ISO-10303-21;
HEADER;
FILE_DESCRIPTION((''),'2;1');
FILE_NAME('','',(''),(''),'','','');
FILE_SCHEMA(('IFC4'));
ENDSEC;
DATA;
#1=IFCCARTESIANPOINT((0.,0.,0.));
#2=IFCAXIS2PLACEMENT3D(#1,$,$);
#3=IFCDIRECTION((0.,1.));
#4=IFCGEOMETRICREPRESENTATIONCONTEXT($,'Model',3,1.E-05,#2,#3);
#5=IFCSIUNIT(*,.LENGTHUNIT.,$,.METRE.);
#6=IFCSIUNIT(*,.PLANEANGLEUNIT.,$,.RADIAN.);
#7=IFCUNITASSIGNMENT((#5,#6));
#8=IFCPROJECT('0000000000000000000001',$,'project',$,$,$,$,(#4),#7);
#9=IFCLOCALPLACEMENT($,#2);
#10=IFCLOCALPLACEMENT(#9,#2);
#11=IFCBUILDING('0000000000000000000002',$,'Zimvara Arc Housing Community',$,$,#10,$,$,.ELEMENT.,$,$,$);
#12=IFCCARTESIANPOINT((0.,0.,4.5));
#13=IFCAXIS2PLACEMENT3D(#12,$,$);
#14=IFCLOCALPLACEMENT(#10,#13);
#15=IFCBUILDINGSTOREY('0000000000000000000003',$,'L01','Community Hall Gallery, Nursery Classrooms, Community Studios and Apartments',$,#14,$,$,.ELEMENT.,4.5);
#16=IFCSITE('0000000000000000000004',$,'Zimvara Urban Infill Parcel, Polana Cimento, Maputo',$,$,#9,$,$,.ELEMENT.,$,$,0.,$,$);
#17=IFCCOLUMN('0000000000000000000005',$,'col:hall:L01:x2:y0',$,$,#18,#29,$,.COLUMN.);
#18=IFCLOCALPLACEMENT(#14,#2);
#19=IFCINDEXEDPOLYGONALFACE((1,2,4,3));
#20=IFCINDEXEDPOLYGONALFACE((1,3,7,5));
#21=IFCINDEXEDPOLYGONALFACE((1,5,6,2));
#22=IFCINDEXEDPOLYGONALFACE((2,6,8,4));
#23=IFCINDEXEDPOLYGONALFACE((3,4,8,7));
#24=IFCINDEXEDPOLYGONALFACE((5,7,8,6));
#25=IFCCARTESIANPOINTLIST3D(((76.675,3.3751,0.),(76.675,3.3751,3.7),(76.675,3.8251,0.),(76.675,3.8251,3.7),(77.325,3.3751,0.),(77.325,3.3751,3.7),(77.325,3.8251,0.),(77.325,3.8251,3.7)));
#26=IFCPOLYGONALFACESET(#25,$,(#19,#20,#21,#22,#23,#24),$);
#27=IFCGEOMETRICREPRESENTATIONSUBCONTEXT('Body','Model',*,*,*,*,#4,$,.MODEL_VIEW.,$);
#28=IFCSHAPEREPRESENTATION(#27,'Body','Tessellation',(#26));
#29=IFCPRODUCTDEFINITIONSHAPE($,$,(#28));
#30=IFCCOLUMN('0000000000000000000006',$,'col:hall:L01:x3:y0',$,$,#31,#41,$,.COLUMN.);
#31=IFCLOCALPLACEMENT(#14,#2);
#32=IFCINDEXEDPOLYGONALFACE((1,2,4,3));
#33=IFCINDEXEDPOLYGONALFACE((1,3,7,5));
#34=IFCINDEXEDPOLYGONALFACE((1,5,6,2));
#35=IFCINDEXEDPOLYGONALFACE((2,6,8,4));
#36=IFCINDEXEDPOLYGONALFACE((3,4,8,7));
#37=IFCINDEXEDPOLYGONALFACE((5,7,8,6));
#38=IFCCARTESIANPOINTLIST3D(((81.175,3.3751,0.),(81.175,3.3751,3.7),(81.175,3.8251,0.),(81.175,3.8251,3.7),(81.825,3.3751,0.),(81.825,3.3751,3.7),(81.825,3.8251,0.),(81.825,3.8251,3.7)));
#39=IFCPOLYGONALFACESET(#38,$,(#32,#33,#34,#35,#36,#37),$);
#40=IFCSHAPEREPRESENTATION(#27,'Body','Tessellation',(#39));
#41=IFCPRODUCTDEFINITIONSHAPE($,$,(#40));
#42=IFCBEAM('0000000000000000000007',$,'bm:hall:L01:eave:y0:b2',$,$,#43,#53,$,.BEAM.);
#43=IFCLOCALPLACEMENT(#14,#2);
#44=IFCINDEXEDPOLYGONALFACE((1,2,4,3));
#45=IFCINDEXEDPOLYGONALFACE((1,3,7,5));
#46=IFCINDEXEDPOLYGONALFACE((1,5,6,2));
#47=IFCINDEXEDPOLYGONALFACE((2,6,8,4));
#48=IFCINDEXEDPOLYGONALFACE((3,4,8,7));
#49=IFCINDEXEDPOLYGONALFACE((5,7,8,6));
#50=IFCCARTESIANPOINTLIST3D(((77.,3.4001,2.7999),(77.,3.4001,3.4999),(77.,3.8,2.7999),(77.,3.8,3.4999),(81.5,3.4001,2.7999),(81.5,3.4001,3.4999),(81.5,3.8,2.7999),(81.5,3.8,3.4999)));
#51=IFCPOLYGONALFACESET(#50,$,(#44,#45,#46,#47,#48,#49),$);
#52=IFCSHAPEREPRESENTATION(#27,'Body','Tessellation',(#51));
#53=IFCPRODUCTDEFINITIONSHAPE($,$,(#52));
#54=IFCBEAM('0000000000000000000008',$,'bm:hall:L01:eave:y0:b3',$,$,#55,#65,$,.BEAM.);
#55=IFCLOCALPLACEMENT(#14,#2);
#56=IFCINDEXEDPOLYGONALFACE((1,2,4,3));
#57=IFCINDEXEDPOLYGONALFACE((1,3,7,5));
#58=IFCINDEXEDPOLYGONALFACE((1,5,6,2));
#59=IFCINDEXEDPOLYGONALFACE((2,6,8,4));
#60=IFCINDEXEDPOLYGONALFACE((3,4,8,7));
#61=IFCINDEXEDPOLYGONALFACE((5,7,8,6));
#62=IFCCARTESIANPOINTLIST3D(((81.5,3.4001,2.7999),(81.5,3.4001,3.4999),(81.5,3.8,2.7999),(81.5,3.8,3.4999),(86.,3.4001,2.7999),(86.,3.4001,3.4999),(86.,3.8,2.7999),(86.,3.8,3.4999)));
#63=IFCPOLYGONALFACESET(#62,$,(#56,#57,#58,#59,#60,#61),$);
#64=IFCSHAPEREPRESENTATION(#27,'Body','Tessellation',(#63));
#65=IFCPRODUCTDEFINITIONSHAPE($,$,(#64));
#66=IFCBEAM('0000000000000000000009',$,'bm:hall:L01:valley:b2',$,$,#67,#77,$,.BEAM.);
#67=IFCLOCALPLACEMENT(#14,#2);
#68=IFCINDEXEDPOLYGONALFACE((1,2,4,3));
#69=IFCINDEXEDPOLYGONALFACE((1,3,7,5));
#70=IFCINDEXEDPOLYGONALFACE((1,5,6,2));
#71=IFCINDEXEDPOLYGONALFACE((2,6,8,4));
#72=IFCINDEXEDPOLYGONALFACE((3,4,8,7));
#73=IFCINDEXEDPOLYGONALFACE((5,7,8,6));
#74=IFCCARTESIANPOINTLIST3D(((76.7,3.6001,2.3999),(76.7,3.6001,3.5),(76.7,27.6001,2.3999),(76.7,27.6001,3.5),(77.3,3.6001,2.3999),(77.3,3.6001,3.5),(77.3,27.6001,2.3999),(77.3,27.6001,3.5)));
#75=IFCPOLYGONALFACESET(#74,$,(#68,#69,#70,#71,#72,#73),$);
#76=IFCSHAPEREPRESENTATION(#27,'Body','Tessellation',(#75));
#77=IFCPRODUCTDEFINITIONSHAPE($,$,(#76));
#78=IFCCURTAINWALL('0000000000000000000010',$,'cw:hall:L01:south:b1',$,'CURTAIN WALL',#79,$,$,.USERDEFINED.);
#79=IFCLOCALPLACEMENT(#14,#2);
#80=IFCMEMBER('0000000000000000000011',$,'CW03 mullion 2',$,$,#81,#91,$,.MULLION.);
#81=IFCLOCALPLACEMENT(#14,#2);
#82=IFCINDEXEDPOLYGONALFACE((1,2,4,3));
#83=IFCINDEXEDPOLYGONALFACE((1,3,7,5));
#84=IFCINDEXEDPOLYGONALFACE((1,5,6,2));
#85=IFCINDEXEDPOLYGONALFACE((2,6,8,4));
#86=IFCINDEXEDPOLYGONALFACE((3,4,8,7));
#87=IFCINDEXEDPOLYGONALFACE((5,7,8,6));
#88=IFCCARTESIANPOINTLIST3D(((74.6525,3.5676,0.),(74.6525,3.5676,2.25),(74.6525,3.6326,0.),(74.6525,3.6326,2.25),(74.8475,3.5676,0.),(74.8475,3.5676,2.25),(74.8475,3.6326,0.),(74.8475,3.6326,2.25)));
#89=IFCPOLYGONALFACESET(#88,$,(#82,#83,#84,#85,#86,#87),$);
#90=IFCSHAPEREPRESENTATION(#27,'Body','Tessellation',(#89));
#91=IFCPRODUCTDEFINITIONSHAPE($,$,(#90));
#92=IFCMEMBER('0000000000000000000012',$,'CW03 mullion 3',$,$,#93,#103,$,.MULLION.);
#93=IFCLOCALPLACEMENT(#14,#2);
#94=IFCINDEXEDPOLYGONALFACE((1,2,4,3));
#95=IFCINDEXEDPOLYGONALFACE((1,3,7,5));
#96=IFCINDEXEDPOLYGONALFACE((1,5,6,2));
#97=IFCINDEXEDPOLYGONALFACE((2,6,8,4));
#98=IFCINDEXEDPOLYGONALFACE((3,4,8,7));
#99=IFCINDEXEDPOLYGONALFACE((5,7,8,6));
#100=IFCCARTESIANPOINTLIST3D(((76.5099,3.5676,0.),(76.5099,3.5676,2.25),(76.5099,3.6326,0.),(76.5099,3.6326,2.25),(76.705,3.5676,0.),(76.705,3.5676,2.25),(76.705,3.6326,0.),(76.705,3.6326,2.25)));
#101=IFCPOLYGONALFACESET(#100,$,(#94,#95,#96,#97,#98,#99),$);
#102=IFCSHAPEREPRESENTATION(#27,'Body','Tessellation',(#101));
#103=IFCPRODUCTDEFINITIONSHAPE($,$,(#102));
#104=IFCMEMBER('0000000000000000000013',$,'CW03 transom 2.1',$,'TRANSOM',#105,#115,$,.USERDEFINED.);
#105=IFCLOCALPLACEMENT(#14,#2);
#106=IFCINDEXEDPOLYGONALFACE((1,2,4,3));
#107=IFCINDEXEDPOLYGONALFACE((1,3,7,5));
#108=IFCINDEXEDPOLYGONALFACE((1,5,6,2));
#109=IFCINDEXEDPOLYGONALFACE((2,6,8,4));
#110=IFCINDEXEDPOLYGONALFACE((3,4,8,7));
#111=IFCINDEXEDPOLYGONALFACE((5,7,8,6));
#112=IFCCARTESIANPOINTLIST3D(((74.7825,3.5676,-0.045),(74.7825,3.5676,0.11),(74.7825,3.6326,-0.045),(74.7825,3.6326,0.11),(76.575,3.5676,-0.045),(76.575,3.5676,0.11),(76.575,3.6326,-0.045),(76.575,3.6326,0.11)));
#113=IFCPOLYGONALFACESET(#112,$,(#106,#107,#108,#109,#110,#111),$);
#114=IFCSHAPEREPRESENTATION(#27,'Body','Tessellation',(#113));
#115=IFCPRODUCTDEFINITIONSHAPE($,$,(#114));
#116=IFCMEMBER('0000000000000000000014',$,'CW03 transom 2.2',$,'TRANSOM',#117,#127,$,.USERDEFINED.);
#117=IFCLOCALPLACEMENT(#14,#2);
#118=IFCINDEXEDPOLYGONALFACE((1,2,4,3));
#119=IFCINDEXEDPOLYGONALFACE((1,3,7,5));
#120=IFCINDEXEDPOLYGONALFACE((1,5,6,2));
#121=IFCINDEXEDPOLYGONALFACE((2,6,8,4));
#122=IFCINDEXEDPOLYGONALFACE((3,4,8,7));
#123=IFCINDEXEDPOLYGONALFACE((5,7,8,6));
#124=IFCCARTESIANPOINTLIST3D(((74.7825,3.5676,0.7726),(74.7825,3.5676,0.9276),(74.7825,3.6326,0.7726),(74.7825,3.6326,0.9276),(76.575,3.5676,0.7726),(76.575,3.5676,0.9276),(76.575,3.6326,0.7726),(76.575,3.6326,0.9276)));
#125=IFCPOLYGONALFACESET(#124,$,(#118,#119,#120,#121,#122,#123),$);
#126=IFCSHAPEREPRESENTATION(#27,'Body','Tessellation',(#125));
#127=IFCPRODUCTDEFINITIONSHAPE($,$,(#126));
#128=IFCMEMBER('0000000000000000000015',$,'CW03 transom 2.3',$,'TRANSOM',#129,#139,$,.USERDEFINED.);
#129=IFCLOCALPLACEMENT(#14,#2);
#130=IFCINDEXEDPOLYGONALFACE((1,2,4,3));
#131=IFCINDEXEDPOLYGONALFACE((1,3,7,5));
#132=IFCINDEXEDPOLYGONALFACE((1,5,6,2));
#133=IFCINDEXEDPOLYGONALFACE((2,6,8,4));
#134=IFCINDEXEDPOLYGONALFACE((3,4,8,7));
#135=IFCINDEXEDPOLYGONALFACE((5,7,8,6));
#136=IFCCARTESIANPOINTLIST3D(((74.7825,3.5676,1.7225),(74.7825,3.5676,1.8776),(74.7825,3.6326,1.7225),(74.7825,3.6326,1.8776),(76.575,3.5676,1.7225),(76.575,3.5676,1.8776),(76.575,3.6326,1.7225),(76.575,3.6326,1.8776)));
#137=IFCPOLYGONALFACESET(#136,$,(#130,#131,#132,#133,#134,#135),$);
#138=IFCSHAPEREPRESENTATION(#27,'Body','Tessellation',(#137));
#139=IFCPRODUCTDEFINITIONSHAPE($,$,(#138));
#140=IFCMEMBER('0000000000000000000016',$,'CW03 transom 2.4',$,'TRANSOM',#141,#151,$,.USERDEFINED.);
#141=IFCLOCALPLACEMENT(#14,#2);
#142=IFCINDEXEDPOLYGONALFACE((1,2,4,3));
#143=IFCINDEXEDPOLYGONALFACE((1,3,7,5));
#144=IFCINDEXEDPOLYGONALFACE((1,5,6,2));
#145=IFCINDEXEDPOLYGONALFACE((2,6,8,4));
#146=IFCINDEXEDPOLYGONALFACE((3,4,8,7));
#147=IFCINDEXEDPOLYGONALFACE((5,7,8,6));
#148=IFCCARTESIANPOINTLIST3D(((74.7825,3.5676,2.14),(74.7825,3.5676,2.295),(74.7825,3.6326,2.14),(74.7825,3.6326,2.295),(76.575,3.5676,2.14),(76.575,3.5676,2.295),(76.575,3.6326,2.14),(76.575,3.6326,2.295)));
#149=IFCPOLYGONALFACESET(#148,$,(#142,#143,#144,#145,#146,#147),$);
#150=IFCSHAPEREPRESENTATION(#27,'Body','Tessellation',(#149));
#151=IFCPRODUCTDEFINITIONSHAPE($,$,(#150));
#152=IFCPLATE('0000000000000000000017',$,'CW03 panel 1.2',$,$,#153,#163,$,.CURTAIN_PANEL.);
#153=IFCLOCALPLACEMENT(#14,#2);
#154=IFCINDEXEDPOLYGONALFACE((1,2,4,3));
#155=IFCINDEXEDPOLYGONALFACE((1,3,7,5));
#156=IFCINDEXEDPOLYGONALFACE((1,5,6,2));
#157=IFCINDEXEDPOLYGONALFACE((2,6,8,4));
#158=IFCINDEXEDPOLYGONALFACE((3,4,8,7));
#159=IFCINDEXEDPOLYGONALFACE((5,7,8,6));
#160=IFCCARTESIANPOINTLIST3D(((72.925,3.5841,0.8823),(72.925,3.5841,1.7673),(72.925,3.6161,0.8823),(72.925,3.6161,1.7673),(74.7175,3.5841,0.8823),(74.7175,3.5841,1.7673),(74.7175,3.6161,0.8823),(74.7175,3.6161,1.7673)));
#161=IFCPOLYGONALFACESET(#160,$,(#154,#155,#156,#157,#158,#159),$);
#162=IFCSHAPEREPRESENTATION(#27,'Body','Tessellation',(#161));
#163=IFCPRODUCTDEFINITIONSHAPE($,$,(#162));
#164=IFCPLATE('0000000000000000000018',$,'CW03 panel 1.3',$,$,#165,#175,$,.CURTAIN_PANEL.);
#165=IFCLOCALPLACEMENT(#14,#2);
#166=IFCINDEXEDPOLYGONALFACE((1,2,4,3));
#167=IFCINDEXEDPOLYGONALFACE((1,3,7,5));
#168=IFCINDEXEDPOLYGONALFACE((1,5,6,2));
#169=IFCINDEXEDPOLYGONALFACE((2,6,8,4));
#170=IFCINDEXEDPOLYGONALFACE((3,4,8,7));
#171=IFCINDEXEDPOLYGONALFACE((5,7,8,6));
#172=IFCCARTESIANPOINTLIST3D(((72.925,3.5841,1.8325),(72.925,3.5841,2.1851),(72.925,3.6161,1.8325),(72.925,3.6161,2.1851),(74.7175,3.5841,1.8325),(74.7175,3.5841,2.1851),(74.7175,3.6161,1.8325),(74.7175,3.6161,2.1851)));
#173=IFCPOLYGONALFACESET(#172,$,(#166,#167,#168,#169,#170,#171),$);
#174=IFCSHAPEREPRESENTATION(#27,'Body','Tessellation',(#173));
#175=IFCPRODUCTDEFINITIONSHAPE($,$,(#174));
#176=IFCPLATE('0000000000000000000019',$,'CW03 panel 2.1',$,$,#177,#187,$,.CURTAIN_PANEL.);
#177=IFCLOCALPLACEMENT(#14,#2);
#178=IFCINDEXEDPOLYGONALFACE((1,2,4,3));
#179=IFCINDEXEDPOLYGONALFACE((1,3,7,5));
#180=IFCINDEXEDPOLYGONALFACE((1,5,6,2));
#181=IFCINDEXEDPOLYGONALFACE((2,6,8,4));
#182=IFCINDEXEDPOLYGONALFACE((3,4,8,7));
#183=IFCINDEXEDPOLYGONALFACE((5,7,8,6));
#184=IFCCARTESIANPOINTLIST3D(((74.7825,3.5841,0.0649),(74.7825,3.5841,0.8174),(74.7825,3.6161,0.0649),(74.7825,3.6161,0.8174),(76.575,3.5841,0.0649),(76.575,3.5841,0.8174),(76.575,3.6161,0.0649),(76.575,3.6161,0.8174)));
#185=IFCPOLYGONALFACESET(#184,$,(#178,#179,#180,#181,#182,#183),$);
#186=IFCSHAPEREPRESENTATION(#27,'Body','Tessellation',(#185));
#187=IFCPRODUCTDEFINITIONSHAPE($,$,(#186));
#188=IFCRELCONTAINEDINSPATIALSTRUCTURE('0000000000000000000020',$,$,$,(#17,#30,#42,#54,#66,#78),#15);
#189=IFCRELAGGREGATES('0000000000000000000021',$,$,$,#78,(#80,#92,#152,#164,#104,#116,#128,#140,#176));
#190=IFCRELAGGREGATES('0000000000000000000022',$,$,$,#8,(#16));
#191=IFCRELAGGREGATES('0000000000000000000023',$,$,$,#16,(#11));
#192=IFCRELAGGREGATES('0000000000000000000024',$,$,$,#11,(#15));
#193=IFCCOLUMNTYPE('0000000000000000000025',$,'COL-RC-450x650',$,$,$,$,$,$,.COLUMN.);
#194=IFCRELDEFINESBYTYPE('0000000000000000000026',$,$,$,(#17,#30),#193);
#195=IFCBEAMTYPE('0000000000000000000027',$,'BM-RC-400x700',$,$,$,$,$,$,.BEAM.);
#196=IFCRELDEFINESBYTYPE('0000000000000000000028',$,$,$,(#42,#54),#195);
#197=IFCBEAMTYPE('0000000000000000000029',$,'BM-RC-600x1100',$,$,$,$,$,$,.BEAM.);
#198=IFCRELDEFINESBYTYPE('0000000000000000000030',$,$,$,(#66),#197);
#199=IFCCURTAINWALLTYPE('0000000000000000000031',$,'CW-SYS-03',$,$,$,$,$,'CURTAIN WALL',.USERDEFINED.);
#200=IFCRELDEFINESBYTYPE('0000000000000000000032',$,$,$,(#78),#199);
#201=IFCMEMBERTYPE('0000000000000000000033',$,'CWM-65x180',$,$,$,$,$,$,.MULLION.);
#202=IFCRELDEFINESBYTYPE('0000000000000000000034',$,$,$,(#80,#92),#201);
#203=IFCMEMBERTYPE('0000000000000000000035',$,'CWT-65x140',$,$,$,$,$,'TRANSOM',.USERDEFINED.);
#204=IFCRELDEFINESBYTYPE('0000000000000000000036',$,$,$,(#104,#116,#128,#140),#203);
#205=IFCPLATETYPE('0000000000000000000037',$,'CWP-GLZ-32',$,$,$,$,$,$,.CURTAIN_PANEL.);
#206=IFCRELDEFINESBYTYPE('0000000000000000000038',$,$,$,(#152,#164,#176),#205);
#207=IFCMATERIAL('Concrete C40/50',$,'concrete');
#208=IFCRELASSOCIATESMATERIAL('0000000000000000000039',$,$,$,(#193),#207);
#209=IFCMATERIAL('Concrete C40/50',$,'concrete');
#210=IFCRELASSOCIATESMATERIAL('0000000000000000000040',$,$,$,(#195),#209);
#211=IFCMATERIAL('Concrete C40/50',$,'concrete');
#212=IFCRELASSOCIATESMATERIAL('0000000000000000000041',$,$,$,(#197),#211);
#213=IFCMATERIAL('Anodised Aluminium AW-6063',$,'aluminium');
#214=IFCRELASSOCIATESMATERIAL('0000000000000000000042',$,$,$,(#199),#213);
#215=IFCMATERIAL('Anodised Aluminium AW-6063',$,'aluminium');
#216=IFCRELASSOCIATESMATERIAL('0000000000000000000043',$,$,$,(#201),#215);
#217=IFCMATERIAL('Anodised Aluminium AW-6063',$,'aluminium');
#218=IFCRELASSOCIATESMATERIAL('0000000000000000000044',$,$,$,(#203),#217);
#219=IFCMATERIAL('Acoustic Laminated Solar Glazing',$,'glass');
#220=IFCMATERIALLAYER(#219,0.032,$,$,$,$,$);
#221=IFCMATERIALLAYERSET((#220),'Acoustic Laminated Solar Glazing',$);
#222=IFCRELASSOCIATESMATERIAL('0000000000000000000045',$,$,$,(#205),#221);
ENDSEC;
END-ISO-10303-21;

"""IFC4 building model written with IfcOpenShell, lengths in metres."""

from ifc_helpers import new_model, si_unit, direction, frame, origin, origin_2d, place, context, subcontext, project, spatial, rectangle, extrude, material, layer, layer_set, material_profile, profile_set, type_object, element, aggregate, save


model = new_model("IFC4")

# Units and contexts
model_context = context("Model", 3, precision=1e-05, world=origin(), true_north=direction((0.0, 1.0)))
body_context = subcontext(model_context, "Body", "Model", "MODEL_VIEW")
ifc_project = project(units=[si_unit("LENGTHUNIT", "METRE"), si_unit("PLANEANGLEUNIT", "RADIAN")], contexts=[model_context])

# Site, building, storey
site_placement = place(None, origin())
site = spatial("IfcSite", under=ifc_project, at=site_placement, Name="Zimvara Urban Infill Parcel, Polana Cimento, Maputo", CompositionType="ELEMENT", RefElevation=0.0)
building_placement = place(site_placement, origin())
building = spatial("IfcBuilding", under=site, at=building_placement, Name="Zimvara Arc Housing Community", CompositionType="ELEMENT")
storey_placement = place(building_placement, frame((0.0, 0.0, 4.5)))
storey = spatial("IfcBuildingStorey", under=building, at=storey_placement, Name="L01", Description="Community Hall Gallery, Nursery Classrooms, Community Studios and Apartments", CompositionType="ELEMENT", Elevation=4.5)

# Columns
ifc_material_1 = material(Name="Concrete C40/50", Category="concrete")
ifc_material_profile_1 = material_profile(ifc_material_1, rectangle(XDim=0.45, YDim=0.6499, at=origin_2d()), Name="RC 450x650")
ifc_profile_set_1 = profile_set([ifc_material_profile_1], Name="Concrete C40/50")
column_type = type_object("IfcColumnType", Name="COL-RC-450x650", PredefinedType="COLUMN", material=ifc_profile_set_1)
for number, where, z_axis, x_axis, name in (
    (1, (77.0, 3.6001, 0.0), (0.0, 0.0, 1.0), (0.0, 1.0, 0.0), "col:hall:L01:x2:y0"),
    (2, (81.5, 3.6001, 0.0), (0.0, 0.0, 1.0), (0.0, 1.0, 0.0), "col:hall:L01:x3:y0"),
):
    element("IfcColumn", number, at=place(storey_placement, frame(where, z_axis=z_axis, x_axis=x_axis)), inside=storey, type_object=column_type, Name=name, PredefinedType="COLUMN", context=body_context, shape_type="SweptSolid", body=[
        extrude(rectangle(XDim=0.45, YDim=0.6499, at=origin_2d()), origin(), (0.0, 0.0, 1.0), 3.7),
    ])

# Beams
ifc_material_2 = material(Name="Concrete C40/50", Category="concrete")
ifc_material_profile_2 = material_profile(ifc_material_2, rectangle(XDim=0.3999, YDim=0.7, at=origin_2d()), Name="RC 400x700")
ifc_profile_set_2 = profile_set([ifc_material_profile_2], Name="Concrete C40/50")
beam_type_1 = type_object("IfcBeamType", Name="BM-RC-400x700", PredefinedType="BEAM", material=ifc_profile_set_2)
for number, where, z_axis, x_axis, name in (
    (3, (77.0, 3.6001, 3.1499), (1.0, 0.0, 0.0), (0.0, 1.0, 0.0), "bm:hall:L01:eave:y0:b2"),
    (4, (81.5, 3.6001, 3.1499), (1.0, 0.0, 0.0), (0.0, 1.0, 0.0), "bm:hall:L01:eave:y0:b3"),
):
    element("IfcBeam", number, at=place(storey_placement, frame(where, z_axis=z_axis, x_axis=x_axis)), inside=storey, type_object=beam_type_1, Name=name, PredefinedType="BEAM", context=body_context, shape_type="SweptSolid", body=[
        extrude(rectangle(XDim=0.3999, YDim=0.7, at=origin_2d()), origin(), (0.0, 0.0, 1.0), 4.5),
    ])
ifc_material_3 = material(Name="Concrete C40/50", Category="concrete")
ifc_material_profile_3 = material_profile(ifc_material_3, rectangle(XDim=0.6001, YDim=1.1001, at=origin_2d()), Name="RC 600x1100")
ifc_profile_set_3 = profile_set([ifc_material_profile_3], Name="Concrete C40/50")
beam_type_2 = type_object("IfcBeamType", Name="BM-RC-600x1100", PredefinedType="BEAM", material=ifc_profile_set_3)
beam_placement = place(storey_placement, frame((77.0, 3.6001, 2.95), z_axis=(0.0, 1.0, 0.0), x_axis=(-1.0, 0.0, 0.0)))
element("IfcBeam", 5, at=beam_placement, inside=storey, type_object=beam_type_2, Name="bm:hall:L01:valley:b2", PredefinedType="BEAM", context=body_context, shape_type="SweptSolid", body=[
    extrude(rectangle(XDim=0.6001, YDim=1.1001, at=origin_2d()), origin(), (0.0, 0.0, 1.0), 24.0),
])

# Curtain wall, members, plates
ifc_material_4 = material(Name="Anodised Aluminium AW-6063", Category="aluminium")
curtain_wall_type = type_object("IfcCurtainWallType", Name="CW-SYS-03", ElementType="CURTAIN WALL", PredefinedType="USERDEFINED", material=ifc_material_4)
curtain_wall_placement = place(storey_placement, origin())
curtain_wall = element("IfcCurtainWall", 6, at=curtain_wall_placement, inside=storey, type_object=curtain_wall_type, Name="cw:hall:L01:south:b1", ObjectType="CURTAIN WALL", PredefinedType="USERDEFINED")
ifc_material_5 = material(Name="Anodised Aluminium AW-6063", Category="aluminium")
ifc_material_profile_4 = material_profile(ifc_material_5, rectangle(XDim=0.0649, YDim=0.1951, at=origin_2d()), Name="ALU 65x195")
ifc_profile_set_4 = profile_set([ifc_material_profile_4], Name="Anodised Aluminium AW-6063")
member_type_1 = type_object("IfcMemberType", Name="CWM-65x180", PredefinedType="MULLION", material=ifc_profile_set_4)
member_1_placement = place(storey_placement, frame((74.75, 3.6001, 0.0), z_axis=(0.0, 0.0, 1.0), x_axis=(0.0, 1.0, 0.0)))
member_1 = element("IfcMember", 7, at=member_1_placement, type_object=member_type_1, Name="CW03 mullion 2", PredefinedType="MULLION", context=body_context, shape_type="SweptSolid", body=[
    extrude(rectangle(XDim=0.0649, YDim=0.1951, at=origin_2d()), origin(), (0.0, 0.0, 1.0), 2.25),
])
member_2_placement = place(storey_placement, frame((76.6074, 3.6001, 0.0), z_axis=(0.0, 0.0, 1.0), x_axis=(0.0, 1.0, 0.0)))
member_2 = element("IfcMember", 8, at=member_2_placement, type_object=member_type_1, Name="CW03 mullion 3", PredefinedType="MULLION", context=body_context, shape_type="SweptSolid", body=[
    extrude(rectangle(XDim=0.0649, YDim=0.1951, at=origin_2d()), origin(), (0.0, 0.0, 1.0), 2.25),
])
ifc_material_6 = material(Name="Anodised Aluminium AW-6063", Category="aluminium")
ifc_material_profile_5 = material_profile(ifc_material_6, rectangle(XDim=0.0649, YDim=0.155, at=origin_2d()), Name="ALU 65x155")
ifc_profile_set_5 = profile_set([ifc_material_profile_5], Name="Anodised Aluminium AW-6063")
member_type_2 = type_object("IfcMemberType", Name="CWT-65x140", ElementType="TRANSOM", PredefinedType="USERDEFINED", material=ifc_profile_set_5)
member_3_placement = place(storey_placement, frame((74.7825, 3.6001, 0.0325), z_axis=(1.0, 0.0, 0.0), x_axis=(0.0, 1.0, 0.0)))
member_3 = element("IfcMember", 9, at=member_3_placement, type_object=member_type_2, Name="CW03 transom 2.1", ObjectType="TRANSOM", PredefinedType="USERDEFINED", context=body_context, shape_type="SweptSolid", body=[
    extrude(rectangle(XDim=0.0649, YDim=0.155, at=origin_2d()), origin(), (0.0, 0.0, 1.0), 1.7925),
])
member_4_placement = place(storey_placement, frame((74.7825, 3.6001, 0.8501), z_axis=(1.0, 0.0, 0.0), x_axis=(0.0, 1.0, 0.0)))
member_4 = element("IfcMember", 10, at=member_4_placement, type_object=member_type_2, Name="CW03 transom 2.2", ObjectType="TRANSOM", PredefinedType="USERDEFINED", context=body_context, shape_type="SweptSolid", body=[
    extrude(rectangle(XDim=0.0649, YDim=0.155, at=origin_2d()), origin(), (0.0, 0.0, 1.0), 1.7925),
])
member_5_placement = place(storey_placement, frame((74.7825, 3.6001, 1.8), z_axis=(1.0, 0.0, 0.0), x_axis=(0.0, 1.0, 0.0)))
member_5 = element("IfcMember", 11, at=member_5_placement, type_object=member_type_2, Name="CW03 transom 2.3", ObjectType="TRANSOM", PredefinedType="USERDEFINED", context=body_context, shape_type="SweptSolid", body=[
    extrude(rectangle(XDim=0.0649, YDim=0.155, at=origin_2d()), origin(), (0.0, 0.0, 1.0), 1.7925),
])
member_6_placement = place(storey_placement, frame((74.7825, 3.6001, 2.2175), z_axis=(1.0, 0.0, 0.0), x_axis=(0.0, 1.0, 0.0)))
member_6 = element("IfcMember", 12, at=member_6_placement, type_object=member_type_2, Name="CW03 transom 2.4", ObjectType="TRANSOM", PredefinedType="USERDEFINED", context=body_context, shape_type="SweptSolid", body=[
    extrude(rectangle(XDim=0.0649, YDim=0.155, at=origin_2d()), origin(), (0.0, 0.0, 1.0), 1.7925),
])
ifc_material_7 = material(Name="Acoustic Laminated Solar Glazing", Category="glass")
ifc_layer_1 = layer(ifc_material_7, 0.032)
ifc_layer_set_1 = layer_set([ifc_layer_1], Name="Acoustic Laminated Solar Glazing")
plate_type = type_object("IfcPlateType", Name="CWP-GLZ-32", PredefinedType="CURTAIN_PANEL", material=ifc_layer_set_1)
plate_1_placement = place(storey_placement, frame((73.8213, 3.6001, 0.8823), z_axis=(0.0, 0.0, 1.0), x_axis=(1.0, 0.0, 0.0)))
plate_1 = element("IfcPlate", 13, at=plate_1_placement, type_object=plate_type, Name="CW03 panel 1.2", PredefinedType="CURTAIN_PANEL", context=body_context, shape_type="SweptSolid", body=[
    extrude(rectangle(XDim=1.7925, YDim=0.032, at=origin_2d()), origin(), (0.0, 0.0, 1.0), 0.885),
])
plate_2_placement = place(storey_placement, frame((73.8213, 3.6001, 1.8325), z_axis=(0.0, 0.0, 1.0), x_axis=(1.0, 0.0, 0.0)))
plate_2 = element("IfcPlate", 14, at=plate_2_placement, type_object=plate_type, Name="CW03 panel 1.3", PredefinedType="CURTAIN_PANEL", context=body_context, shape_type="SweptSolid", body=[
    extrude(rectangle(XDim=1.7925, YDim=0.032, at=origin_2d()), origin(), (0.0, 0.0, 1.0), 0.3525),
])
plate_3_placement = place(storey_placement, frame((75.6787, 3.6001, 0.0649), z_axis=(0.0, 0.0, 1.0), x_axis=(1.0, 0.0, 0.0)))
plate_3 = element("IfcPlate", 15, at=plate_3_placement, type_object=plate_type, Name="CW03 panel 2.1", PredefinedType="CURTAIN_PANEL", context=body_context, shape_type="SweptSolid", body=[
    extrude(rectangle(XDim=1.7925, YDim=0.032, at=origin_2d()), origin(), (0.0, 0.0, 1.0), 0.7524),
])
aggregate(curtain_wall, [member_1, member_2, plate_1, plate_2, member_3, member_4, member_5, member_6, plate_3])

save(model, "model.ifc")
